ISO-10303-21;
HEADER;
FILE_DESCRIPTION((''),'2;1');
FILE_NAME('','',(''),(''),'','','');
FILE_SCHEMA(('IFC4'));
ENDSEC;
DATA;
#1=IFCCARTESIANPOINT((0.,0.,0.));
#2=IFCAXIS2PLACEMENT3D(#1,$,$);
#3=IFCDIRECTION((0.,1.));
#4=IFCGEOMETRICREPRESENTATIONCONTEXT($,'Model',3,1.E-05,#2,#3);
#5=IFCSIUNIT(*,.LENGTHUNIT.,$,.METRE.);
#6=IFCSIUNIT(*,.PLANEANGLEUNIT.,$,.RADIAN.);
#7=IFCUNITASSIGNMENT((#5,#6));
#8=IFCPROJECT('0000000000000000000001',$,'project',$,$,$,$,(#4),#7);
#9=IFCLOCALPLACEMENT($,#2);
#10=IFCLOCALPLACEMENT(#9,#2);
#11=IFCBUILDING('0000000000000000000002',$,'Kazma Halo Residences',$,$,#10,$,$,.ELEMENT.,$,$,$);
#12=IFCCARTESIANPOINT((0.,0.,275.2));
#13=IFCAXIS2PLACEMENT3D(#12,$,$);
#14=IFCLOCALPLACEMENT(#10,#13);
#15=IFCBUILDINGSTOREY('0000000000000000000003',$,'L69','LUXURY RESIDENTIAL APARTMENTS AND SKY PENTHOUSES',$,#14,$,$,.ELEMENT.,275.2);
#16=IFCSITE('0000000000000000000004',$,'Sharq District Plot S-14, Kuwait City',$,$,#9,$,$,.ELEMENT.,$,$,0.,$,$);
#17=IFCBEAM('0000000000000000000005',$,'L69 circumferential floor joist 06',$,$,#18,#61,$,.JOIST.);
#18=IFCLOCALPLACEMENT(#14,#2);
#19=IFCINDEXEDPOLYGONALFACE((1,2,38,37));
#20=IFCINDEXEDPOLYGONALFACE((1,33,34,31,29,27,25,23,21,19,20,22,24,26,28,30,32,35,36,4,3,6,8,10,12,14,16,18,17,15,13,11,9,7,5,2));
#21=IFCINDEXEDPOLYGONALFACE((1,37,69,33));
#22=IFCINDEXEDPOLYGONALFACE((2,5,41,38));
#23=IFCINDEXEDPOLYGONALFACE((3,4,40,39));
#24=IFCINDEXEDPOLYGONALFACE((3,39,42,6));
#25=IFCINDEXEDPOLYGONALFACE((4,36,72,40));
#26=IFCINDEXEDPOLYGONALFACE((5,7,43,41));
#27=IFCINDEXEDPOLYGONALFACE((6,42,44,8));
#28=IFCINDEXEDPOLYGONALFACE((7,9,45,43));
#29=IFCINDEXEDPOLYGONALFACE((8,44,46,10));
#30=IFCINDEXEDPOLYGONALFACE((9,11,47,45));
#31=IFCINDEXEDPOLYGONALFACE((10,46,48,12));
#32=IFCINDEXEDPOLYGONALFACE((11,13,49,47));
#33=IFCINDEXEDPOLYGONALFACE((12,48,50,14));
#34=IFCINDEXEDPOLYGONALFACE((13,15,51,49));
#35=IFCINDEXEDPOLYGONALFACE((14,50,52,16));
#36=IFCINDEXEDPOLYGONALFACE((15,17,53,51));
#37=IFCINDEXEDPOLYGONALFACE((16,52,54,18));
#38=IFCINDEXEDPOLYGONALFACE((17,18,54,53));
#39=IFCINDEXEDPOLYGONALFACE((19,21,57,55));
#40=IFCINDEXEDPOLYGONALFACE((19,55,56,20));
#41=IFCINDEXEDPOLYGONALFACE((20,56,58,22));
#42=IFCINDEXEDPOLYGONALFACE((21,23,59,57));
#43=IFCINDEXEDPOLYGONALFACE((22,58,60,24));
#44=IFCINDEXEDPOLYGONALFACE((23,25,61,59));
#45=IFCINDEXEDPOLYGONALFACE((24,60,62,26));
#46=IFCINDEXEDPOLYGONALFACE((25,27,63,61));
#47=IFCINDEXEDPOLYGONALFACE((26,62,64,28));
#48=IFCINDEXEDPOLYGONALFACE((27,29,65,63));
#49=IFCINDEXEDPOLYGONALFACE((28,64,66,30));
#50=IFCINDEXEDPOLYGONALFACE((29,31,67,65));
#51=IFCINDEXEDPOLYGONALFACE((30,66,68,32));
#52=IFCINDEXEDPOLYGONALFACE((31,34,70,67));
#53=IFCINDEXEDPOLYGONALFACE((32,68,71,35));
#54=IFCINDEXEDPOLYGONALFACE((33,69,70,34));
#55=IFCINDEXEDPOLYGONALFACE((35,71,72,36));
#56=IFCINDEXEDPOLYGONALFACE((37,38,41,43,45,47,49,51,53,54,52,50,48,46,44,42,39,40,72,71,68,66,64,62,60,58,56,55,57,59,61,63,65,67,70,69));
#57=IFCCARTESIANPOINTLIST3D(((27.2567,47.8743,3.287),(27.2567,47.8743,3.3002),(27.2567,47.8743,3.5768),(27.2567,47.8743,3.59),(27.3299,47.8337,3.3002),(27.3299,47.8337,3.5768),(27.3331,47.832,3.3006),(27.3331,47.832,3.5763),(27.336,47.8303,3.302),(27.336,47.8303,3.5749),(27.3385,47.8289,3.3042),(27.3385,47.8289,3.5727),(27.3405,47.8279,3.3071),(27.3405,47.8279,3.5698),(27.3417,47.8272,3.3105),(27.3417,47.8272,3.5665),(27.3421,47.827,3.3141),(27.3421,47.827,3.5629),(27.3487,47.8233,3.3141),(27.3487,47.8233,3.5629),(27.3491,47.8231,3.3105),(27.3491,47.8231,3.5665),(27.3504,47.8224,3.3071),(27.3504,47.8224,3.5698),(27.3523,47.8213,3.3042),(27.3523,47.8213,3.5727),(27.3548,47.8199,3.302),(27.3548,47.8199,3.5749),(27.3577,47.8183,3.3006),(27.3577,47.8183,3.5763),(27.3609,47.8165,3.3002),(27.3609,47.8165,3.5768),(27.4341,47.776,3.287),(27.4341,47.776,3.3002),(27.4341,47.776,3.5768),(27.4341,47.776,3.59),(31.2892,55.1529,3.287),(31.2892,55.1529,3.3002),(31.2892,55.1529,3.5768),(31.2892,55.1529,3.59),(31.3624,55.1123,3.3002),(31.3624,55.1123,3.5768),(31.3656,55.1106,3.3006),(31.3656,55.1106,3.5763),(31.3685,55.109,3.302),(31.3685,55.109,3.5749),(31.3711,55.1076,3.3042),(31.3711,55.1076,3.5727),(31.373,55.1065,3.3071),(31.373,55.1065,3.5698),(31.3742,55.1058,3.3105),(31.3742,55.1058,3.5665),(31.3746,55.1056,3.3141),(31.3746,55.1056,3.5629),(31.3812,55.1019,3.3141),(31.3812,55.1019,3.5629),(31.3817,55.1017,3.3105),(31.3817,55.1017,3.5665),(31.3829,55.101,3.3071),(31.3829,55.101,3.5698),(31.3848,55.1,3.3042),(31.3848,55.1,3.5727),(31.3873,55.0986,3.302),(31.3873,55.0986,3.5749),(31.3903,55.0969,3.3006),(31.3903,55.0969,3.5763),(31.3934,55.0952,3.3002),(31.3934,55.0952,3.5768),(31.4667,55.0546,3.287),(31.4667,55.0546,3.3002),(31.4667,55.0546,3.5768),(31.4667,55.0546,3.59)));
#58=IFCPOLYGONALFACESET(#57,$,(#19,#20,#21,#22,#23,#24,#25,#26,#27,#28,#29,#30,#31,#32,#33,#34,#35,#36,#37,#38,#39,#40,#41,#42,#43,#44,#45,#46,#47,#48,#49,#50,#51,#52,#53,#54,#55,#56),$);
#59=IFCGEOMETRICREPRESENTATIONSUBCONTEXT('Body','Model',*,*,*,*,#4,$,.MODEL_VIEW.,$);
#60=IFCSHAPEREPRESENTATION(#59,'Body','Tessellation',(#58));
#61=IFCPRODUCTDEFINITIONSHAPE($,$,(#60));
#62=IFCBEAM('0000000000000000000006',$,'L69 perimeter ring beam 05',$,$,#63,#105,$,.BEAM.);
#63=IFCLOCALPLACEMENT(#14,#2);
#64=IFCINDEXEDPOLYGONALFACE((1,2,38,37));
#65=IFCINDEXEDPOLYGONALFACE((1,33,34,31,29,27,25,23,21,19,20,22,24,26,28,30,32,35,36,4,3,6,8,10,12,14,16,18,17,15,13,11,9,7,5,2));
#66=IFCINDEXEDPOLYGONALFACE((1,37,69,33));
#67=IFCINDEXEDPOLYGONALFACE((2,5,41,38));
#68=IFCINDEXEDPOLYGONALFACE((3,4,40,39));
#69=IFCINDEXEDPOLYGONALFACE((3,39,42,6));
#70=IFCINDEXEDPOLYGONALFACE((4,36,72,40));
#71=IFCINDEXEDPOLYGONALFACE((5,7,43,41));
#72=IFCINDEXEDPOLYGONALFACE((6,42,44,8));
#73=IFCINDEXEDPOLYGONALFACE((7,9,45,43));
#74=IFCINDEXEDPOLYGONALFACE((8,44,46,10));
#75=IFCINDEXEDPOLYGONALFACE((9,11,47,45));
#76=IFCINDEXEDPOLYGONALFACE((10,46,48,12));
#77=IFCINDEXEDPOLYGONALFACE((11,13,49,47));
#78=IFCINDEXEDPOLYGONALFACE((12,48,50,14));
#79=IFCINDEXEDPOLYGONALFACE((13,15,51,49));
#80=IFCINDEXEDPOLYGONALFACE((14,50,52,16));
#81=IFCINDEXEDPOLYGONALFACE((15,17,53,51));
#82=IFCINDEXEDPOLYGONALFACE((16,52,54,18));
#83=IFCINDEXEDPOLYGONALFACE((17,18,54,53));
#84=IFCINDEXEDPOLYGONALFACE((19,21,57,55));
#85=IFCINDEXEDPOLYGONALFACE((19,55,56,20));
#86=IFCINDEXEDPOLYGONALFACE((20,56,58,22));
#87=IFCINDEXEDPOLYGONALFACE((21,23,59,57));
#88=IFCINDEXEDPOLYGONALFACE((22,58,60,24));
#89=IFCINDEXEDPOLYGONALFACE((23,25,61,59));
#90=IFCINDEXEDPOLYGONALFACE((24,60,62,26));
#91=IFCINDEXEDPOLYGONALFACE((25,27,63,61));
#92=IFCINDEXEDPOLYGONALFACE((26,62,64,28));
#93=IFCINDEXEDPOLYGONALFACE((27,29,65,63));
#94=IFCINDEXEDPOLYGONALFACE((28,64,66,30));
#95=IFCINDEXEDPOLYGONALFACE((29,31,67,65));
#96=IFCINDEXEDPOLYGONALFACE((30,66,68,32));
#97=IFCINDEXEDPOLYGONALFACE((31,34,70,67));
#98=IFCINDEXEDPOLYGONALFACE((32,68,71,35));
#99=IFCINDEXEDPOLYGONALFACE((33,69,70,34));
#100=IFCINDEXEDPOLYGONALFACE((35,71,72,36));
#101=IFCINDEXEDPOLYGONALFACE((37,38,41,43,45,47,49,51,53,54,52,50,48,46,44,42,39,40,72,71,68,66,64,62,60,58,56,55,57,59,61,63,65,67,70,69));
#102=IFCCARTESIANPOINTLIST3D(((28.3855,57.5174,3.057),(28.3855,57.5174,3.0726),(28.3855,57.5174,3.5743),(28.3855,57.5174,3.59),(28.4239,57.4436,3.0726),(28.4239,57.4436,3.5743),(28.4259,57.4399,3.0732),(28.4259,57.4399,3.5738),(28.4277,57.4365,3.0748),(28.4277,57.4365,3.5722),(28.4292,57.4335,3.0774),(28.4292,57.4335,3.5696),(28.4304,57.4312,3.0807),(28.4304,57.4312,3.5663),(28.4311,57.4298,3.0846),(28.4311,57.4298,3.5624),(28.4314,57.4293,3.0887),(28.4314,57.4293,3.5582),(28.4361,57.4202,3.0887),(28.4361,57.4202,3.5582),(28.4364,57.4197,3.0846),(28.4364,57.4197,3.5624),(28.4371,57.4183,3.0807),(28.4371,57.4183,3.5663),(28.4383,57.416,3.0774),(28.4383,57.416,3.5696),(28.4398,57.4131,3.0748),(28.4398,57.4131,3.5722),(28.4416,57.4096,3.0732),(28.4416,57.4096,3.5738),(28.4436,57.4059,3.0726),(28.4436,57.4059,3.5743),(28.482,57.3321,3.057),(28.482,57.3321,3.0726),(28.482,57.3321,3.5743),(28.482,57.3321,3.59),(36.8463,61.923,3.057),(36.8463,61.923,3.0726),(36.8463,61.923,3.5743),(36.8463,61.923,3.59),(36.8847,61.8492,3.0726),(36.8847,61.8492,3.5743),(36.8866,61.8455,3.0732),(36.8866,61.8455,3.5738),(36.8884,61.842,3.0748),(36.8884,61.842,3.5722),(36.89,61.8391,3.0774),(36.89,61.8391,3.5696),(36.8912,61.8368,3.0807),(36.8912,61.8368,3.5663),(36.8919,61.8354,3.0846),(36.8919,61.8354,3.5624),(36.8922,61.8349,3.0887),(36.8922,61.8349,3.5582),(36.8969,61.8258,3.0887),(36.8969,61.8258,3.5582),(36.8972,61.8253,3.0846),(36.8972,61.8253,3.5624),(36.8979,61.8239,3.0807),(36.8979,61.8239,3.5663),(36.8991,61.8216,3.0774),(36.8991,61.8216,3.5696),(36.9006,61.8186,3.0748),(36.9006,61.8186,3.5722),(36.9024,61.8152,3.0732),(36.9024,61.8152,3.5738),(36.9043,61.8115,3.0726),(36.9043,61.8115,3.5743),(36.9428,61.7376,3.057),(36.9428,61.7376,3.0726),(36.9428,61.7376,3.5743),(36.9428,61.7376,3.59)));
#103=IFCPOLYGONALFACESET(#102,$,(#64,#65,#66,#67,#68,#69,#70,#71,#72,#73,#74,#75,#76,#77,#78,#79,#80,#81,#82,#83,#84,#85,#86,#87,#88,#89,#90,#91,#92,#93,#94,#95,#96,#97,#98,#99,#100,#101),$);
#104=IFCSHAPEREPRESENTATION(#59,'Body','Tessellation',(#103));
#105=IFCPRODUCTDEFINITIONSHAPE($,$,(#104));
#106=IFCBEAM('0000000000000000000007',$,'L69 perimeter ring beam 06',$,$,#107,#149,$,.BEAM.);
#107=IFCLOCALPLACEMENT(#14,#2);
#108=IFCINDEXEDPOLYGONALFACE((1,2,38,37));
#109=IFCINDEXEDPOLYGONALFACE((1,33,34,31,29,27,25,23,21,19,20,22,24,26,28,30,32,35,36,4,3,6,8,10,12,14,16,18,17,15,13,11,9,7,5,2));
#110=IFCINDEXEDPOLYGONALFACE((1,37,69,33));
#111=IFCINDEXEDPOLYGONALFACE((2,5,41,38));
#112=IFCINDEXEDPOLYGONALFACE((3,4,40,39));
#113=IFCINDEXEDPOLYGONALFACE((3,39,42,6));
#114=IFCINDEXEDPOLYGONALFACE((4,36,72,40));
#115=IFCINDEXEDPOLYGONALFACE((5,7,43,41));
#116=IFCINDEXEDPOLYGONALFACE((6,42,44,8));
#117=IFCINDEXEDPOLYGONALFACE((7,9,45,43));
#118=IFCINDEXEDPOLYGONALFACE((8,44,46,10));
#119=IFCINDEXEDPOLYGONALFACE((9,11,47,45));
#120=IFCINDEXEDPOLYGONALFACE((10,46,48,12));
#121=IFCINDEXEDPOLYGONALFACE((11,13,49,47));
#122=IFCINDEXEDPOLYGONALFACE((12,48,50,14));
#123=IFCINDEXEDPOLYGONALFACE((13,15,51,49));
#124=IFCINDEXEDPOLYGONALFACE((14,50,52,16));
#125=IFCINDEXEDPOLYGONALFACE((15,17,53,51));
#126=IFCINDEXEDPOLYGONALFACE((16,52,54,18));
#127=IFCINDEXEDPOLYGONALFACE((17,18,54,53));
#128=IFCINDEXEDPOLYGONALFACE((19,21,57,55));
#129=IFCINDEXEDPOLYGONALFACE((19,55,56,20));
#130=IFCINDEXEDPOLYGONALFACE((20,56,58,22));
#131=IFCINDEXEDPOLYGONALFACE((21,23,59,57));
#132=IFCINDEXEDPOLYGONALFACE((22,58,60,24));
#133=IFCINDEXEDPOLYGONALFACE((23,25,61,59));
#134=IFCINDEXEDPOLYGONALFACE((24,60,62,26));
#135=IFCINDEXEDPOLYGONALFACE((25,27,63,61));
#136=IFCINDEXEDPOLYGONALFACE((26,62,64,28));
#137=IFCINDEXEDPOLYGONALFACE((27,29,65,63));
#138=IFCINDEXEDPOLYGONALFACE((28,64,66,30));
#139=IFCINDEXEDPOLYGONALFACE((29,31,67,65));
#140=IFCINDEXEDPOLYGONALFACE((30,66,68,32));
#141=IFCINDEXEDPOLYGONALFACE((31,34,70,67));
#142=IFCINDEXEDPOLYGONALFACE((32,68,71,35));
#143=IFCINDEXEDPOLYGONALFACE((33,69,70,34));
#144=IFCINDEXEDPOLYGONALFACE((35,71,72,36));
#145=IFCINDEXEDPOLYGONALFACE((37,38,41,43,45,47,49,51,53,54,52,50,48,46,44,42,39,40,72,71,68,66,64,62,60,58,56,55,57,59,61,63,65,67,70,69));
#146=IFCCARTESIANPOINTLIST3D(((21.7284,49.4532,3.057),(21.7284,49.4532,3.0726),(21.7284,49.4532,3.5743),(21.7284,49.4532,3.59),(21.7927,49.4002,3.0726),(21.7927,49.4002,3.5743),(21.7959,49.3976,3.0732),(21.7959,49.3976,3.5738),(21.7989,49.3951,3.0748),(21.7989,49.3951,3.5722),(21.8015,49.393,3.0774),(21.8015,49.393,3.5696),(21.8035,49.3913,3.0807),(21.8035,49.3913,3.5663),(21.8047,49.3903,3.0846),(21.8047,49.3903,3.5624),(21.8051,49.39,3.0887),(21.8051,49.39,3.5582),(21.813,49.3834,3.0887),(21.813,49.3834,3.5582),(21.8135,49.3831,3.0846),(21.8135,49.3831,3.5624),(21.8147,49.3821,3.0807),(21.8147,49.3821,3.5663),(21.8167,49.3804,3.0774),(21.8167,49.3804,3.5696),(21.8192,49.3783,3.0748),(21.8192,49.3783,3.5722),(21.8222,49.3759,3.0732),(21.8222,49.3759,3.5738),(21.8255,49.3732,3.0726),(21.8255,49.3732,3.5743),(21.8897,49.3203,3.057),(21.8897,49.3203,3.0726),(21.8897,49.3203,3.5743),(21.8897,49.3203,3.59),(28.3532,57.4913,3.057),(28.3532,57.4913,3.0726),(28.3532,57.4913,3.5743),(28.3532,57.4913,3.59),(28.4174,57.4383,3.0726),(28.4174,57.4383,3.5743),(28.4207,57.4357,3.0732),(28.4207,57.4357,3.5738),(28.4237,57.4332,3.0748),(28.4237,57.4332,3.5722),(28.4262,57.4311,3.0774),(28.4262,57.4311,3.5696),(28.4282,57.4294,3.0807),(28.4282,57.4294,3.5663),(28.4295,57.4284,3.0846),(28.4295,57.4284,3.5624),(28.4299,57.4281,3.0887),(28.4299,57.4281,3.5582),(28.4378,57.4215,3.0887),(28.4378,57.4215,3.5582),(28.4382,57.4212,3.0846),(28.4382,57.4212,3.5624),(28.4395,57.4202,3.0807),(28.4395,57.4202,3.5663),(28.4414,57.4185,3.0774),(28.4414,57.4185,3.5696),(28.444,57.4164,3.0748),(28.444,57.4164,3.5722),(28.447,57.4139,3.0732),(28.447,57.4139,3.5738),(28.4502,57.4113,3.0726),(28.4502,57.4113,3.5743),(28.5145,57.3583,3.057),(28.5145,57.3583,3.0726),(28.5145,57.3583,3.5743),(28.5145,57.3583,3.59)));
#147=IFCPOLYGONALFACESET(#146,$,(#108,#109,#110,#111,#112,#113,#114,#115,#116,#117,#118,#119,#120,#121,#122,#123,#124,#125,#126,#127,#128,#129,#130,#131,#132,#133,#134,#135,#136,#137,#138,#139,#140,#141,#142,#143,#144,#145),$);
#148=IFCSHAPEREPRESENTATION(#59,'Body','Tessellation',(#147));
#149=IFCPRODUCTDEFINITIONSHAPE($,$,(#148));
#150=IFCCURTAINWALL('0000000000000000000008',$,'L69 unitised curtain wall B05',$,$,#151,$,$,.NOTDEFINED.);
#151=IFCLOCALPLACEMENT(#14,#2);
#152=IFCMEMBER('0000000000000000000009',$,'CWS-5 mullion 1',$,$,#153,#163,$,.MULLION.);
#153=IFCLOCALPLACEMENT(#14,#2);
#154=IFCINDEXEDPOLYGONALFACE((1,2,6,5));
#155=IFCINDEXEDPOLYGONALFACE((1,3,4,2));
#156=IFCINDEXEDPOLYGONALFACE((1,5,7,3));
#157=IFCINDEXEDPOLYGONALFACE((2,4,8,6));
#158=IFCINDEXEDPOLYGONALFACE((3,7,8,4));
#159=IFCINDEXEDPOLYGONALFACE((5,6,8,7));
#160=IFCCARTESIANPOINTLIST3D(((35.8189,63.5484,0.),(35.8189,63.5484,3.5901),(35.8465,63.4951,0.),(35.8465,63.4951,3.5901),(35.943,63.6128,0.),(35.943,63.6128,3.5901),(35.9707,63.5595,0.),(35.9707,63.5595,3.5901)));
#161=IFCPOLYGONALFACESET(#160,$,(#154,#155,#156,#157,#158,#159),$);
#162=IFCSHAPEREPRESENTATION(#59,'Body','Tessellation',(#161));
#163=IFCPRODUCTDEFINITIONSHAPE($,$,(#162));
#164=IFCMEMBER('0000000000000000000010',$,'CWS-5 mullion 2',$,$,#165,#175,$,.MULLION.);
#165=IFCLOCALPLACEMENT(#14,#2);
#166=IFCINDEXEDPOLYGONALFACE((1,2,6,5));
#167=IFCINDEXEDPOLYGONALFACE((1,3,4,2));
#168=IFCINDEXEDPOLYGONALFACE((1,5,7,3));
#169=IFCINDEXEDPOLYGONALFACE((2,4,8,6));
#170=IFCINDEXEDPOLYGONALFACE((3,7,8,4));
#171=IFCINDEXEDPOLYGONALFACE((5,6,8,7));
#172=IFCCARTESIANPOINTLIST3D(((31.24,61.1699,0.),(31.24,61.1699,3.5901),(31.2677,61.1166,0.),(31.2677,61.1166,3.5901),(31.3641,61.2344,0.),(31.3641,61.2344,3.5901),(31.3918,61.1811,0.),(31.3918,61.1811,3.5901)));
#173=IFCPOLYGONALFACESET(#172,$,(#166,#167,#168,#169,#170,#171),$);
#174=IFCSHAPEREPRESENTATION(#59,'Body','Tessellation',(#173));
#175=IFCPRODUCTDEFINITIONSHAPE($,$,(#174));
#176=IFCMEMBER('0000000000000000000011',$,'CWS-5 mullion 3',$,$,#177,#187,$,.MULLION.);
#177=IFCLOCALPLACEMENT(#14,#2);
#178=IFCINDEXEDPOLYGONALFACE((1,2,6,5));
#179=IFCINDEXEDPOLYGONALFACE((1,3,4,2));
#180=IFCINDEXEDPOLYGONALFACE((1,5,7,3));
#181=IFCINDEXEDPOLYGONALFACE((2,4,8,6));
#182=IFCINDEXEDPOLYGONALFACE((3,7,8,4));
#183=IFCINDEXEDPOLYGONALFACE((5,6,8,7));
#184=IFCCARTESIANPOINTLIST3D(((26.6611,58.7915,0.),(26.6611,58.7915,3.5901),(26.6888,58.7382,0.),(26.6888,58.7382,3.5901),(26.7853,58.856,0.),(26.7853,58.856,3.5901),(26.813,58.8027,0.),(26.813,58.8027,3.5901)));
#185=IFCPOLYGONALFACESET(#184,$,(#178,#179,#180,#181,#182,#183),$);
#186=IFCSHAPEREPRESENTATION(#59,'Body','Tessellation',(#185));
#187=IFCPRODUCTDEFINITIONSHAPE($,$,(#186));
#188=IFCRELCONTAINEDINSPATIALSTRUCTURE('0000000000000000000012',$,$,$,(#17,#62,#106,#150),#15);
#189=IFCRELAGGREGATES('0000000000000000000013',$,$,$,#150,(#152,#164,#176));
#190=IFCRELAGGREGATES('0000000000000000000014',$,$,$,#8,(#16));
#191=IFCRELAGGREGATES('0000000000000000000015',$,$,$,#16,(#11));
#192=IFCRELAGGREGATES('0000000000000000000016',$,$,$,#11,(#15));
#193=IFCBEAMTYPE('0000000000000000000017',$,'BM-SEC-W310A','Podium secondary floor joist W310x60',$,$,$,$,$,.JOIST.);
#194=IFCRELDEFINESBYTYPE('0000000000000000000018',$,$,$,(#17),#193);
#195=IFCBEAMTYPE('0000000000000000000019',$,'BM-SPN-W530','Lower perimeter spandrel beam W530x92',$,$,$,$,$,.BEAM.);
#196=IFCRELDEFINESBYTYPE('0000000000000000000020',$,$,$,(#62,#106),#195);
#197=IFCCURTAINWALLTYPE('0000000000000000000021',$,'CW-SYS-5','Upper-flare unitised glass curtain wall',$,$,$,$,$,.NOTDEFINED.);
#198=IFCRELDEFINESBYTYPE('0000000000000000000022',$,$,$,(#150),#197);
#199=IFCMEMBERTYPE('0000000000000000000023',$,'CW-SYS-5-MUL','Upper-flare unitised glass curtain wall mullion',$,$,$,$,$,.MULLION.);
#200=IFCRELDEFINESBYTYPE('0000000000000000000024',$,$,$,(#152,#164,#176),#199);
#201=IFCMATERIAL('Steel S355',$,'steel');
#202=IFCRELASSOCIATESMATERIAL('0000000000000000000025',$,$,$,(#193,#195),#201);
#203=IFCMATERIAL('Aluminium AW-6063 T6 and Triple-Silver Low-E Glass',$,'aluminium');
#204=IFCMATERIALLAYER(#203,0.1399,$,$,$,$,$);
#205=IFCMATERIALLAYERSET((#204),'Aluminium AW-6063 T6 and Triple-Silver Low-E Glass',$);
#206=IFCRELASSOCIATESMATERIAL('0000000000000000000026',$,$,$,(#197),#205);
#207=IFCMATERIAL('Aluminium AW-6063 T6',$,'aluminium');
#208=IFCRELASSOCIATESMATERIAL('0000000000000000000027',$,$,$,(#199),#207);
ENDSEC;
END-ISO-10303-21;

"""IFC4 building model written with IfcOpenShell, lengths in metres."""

from ifc_helpers import new_model, si_unit, direction, frame, origin, origin_2d, place, context, subcontext, project, spatial, rectangle, i_section, extrude, material, layer, layer_set, material_profile, profile_set, type_object, element, aggregate, save


model = new_model("IFC4")

# Units and contexts
model_context = context("Model", 3, precision=1e-05, world=origin(), true_north=direction((0.0, 1.0)))
body_context = subcontext(model_context, "Body", "Model", "MODEL_VIEW")
ifc_project = project(units=[si_unit("LENGTHUNIT", "METRE"), si_unit("PLANEANGLEUNIT", "RADIAN")], contexts=[model_context])

# Site, building, storey
site_placement = place(None, origin())
site = spatial("IfcSite", under=ifc_project, at=site_placement, Name="Sharq District Plot S-14, Kuwait City", CompositionType="ELEMENT", RefElevation=0.0)
building_placement = place(site_placement, origin())
building = spatial("IfcBuilding", under=site, at=building_placement, Name="Kazma Halo Residences", CompositionType="ELEMENT")
storey_placement = place(building_placement, frame((0.0, 0.0, 275.2)))
storey = spatial("IfcBuildingStorey", under=building, at=storey_placement, Name="L69", Description="LUXURY RESIDENTIAL APARTMENTS AND SKY PENTHOUSES", CompositionType="ELEMENT", Elevation=275.2)

# Beams
ifc_material_1 = material(Name="Steel S355", Category="steel")
ifc_material_profile_1 = material_profile(ifc_material_1, i_section(OverallWidth=0.2029, OverallDepth=0.303, WebThickness=0.0076, FlangeThickness=0.0132, FilletRadius=0.0139, at=origin_2d()), Name="W310x60")
ifc_profile_set_1 = profile_set([ifc_material_profile_1], Name="Steel S355")
beam_type_1 = type_object("IfcBeamType", Name="BM-SEC-W310A", Description="Podium secondary floor joist W310x60", PredefinedType="JOIST", material=ifc_profile_set_1)
beam_1_placement = place(storey_placement, frame((31.3779, 55.1038, 3.4385), z_axis=(-0.484616, -0.874727, 0.0), x_axis=(0.874727, -0.484616, 0.0)))
element("IfcBeam", 1, at=beam_1_placement, inside=storey, type_object=beam_type_1, Name="L69 circumferential floor joist 06", PredefinedType="JOIST", context=body_context, shape_type="SweptSolid", body=[
    extrude(i_section(OverallWidth=0.2029, OverallDepth=0.303, WebThickness=0.0076, FlangeThickness=0.0132, FilletRadius=0.0139, at=origin_2d()), origin(), (0.0, 0.0, 1.0), 8.321),
])
ifc_material_profile_2 = material_profile(ifc_material_1, i_section(OverallWidth=0.209, OverallDepth=0.533, WebThickness=0.0103, FlangeThickness=0.0156, FilletRadius=0.0161, at=origin_2d()), Name="W530x92")
ifc_profile_set_2 = profile_set([ifc_material_profile_2], Name="Steel S355")
beam_type_2 = type_object("IfcBeamType", Name="BM-SPN-W530", Description="Lower perimeter spandrel beam W530x92", PredefinedType="BEAM", material=ifc_profile_set_2)
beam_2_placement = place(storey_placement, frame((36.8945, 61.8303, 3.3235), z_axis=(-0.886961, -0.461844, 0.0), x_axis=(0.461844, -0.886961, 0.0)))
element("IfcBeam", 2, at=beam_2_placement, inside=storey, type_object=beam_type_2, Name="L69 perimeter ring beam 05", PredefinedType="BEAM", context=body_context, shape_type="SweptSolid", body=[
    extrude(i_section(OverallWidth=0.209, OverallDepth=0.533, WebThickness=0.0103, FlangeThickness=0.0156, FilletRadius=0.0161, at=origin_2d()), origin(), (0.0, 0.0, 1.0), 9.5391),
])
beam_3_placement = place(storey_placement, frame((28.4338, 57.4248, 3.3235), z_axis=(-0.636002, -0.771687, 0.0), x_axis=(0.771687, -0.636002, 0.0)))
element("IfcBeam", 3, at=beam_3_placement, inside=storey, type_object=beam_type_2, Name="L69 perimeter ring beam 06", PredefinedType="BEAM", context=body_context, shape_type="SweptSolid", body=[
    extrude(i_section(OverallWidth=0.209, OverallDepth=0.533, WebThickness=0.0103, FlangeThickness=0.0156, FilletRadius=0.0161, at=origin_2d()), origin(), (0.0, 0.0, 1.0), 10.4163),
])

# Curtain wall, members
ifc_material_2 = material(Name="Aluminium AW-6063 T6 and Triple-Silver Low-E Glass", Category="aluminium")
ifc_layer_1 = layer(ifc_material_2, 0.1399)
ifc_layer_set_1 = layer_set([ifc_layer_1], Name="Aluminium AW-6063 T6 and Triple-Silver Low-E Glass")
curtain_wall_type = type_object("IfcCurtainWallType", Name="CW-SYS-5", Description="Upper-flare unitised glass curtain wall", PredefinedType="NOTDEFINED", material=ifc_layer_set_1)
curtain_wall_placement = place(storey_placement, origin())
curtain_wall = element("IfcCurtainWall", 4, at=curtain_wall_placement, inside=storey, type_object=curtain_wall_type, Name="L69 unitised curtain wall B05", PredefinedType="NOTDEFINED")
ifc_material_3 = material(Name="Aluminium AW-6063 T6", Category="aluminium")
ifc_material_profile_3 = material_profile(ifc_material_3, rectangle(XDim=0.0601, YDim=0.1399, at=origin_2d()), Name="CWM-60x140")
ifc_profile_set_3 = profile_set([ifc_material_profile_3], Name="Aluminium AW-6063 T6")
member_type_1 = type_object("IfcMemberType", Name="CW-SYS-5-MUL", Description="Upper-flare unitised glass curtain wall mullion", PredefinedType="MULLION", material=ifc_profile_set_3)
member_1_placement = place(storey_placement, frame((35.8948, 63.554, 0.0), z_axis=(0.0, 0.0, 1.0), x_axis=(0.460961, -0.887421, 0.0)))
member_1 = element("IfcMember", 5, at=member_1_placement, type_object=member_type_1, Name="CWS-5 mullion 1", PredefinedType="MULLION", context=body_context, shape_type="SweptSolid", body=[
    extrude(rectangle(XDim=0.0601, YDim=0.1399, at=origin_2d()), origin(), (0.0, 0.0, 1.0), 3.5901),
])
member_2_placement = place(storey_placement, frame((31.3159, 61.1755, 0.0), z_axis=(0.0, 0.0, 1.0), x_axis=(0.460961, -0.887421, 0.0)))
member_2 = element("IfcMember", 6, at=member_2_placement, type_object=member_type_1, Name="CWS-5 mullion 2", PredefinedType="MULLION", context=body_context, shape_type="SweptSolid", body=[
    extrude(rectangle(XDim=0.0601, YDim=0.1399, at=origin_2d()), origin(), (0.0, 0.0, 1.0), 3.5901),
])
member_3_placement = place(storey_placement, frame((26.7371, 58.7971, 0.0), z_axis=(0.0, 0.0, 1.0), x_axis=(0.460961, -0.887421, 0.0)))
member_3 = element("IfcMember", 7, at=member_3_placement, type_object=member_type_1, Name="CWS-5 mullion 3", PredefinedType="MULLION", context=body_context, shape_type="SweptSolid", body=[
    extrude(rectangle(XDim=0.0601, YDim=0.1399, at=origin_2d()), origin(), (0.0, 0.0, 1.0), 3.5901),
])
aggregate(curtain_wall, [member_1, member_2, member_3])

save(model, "model.ifc")
